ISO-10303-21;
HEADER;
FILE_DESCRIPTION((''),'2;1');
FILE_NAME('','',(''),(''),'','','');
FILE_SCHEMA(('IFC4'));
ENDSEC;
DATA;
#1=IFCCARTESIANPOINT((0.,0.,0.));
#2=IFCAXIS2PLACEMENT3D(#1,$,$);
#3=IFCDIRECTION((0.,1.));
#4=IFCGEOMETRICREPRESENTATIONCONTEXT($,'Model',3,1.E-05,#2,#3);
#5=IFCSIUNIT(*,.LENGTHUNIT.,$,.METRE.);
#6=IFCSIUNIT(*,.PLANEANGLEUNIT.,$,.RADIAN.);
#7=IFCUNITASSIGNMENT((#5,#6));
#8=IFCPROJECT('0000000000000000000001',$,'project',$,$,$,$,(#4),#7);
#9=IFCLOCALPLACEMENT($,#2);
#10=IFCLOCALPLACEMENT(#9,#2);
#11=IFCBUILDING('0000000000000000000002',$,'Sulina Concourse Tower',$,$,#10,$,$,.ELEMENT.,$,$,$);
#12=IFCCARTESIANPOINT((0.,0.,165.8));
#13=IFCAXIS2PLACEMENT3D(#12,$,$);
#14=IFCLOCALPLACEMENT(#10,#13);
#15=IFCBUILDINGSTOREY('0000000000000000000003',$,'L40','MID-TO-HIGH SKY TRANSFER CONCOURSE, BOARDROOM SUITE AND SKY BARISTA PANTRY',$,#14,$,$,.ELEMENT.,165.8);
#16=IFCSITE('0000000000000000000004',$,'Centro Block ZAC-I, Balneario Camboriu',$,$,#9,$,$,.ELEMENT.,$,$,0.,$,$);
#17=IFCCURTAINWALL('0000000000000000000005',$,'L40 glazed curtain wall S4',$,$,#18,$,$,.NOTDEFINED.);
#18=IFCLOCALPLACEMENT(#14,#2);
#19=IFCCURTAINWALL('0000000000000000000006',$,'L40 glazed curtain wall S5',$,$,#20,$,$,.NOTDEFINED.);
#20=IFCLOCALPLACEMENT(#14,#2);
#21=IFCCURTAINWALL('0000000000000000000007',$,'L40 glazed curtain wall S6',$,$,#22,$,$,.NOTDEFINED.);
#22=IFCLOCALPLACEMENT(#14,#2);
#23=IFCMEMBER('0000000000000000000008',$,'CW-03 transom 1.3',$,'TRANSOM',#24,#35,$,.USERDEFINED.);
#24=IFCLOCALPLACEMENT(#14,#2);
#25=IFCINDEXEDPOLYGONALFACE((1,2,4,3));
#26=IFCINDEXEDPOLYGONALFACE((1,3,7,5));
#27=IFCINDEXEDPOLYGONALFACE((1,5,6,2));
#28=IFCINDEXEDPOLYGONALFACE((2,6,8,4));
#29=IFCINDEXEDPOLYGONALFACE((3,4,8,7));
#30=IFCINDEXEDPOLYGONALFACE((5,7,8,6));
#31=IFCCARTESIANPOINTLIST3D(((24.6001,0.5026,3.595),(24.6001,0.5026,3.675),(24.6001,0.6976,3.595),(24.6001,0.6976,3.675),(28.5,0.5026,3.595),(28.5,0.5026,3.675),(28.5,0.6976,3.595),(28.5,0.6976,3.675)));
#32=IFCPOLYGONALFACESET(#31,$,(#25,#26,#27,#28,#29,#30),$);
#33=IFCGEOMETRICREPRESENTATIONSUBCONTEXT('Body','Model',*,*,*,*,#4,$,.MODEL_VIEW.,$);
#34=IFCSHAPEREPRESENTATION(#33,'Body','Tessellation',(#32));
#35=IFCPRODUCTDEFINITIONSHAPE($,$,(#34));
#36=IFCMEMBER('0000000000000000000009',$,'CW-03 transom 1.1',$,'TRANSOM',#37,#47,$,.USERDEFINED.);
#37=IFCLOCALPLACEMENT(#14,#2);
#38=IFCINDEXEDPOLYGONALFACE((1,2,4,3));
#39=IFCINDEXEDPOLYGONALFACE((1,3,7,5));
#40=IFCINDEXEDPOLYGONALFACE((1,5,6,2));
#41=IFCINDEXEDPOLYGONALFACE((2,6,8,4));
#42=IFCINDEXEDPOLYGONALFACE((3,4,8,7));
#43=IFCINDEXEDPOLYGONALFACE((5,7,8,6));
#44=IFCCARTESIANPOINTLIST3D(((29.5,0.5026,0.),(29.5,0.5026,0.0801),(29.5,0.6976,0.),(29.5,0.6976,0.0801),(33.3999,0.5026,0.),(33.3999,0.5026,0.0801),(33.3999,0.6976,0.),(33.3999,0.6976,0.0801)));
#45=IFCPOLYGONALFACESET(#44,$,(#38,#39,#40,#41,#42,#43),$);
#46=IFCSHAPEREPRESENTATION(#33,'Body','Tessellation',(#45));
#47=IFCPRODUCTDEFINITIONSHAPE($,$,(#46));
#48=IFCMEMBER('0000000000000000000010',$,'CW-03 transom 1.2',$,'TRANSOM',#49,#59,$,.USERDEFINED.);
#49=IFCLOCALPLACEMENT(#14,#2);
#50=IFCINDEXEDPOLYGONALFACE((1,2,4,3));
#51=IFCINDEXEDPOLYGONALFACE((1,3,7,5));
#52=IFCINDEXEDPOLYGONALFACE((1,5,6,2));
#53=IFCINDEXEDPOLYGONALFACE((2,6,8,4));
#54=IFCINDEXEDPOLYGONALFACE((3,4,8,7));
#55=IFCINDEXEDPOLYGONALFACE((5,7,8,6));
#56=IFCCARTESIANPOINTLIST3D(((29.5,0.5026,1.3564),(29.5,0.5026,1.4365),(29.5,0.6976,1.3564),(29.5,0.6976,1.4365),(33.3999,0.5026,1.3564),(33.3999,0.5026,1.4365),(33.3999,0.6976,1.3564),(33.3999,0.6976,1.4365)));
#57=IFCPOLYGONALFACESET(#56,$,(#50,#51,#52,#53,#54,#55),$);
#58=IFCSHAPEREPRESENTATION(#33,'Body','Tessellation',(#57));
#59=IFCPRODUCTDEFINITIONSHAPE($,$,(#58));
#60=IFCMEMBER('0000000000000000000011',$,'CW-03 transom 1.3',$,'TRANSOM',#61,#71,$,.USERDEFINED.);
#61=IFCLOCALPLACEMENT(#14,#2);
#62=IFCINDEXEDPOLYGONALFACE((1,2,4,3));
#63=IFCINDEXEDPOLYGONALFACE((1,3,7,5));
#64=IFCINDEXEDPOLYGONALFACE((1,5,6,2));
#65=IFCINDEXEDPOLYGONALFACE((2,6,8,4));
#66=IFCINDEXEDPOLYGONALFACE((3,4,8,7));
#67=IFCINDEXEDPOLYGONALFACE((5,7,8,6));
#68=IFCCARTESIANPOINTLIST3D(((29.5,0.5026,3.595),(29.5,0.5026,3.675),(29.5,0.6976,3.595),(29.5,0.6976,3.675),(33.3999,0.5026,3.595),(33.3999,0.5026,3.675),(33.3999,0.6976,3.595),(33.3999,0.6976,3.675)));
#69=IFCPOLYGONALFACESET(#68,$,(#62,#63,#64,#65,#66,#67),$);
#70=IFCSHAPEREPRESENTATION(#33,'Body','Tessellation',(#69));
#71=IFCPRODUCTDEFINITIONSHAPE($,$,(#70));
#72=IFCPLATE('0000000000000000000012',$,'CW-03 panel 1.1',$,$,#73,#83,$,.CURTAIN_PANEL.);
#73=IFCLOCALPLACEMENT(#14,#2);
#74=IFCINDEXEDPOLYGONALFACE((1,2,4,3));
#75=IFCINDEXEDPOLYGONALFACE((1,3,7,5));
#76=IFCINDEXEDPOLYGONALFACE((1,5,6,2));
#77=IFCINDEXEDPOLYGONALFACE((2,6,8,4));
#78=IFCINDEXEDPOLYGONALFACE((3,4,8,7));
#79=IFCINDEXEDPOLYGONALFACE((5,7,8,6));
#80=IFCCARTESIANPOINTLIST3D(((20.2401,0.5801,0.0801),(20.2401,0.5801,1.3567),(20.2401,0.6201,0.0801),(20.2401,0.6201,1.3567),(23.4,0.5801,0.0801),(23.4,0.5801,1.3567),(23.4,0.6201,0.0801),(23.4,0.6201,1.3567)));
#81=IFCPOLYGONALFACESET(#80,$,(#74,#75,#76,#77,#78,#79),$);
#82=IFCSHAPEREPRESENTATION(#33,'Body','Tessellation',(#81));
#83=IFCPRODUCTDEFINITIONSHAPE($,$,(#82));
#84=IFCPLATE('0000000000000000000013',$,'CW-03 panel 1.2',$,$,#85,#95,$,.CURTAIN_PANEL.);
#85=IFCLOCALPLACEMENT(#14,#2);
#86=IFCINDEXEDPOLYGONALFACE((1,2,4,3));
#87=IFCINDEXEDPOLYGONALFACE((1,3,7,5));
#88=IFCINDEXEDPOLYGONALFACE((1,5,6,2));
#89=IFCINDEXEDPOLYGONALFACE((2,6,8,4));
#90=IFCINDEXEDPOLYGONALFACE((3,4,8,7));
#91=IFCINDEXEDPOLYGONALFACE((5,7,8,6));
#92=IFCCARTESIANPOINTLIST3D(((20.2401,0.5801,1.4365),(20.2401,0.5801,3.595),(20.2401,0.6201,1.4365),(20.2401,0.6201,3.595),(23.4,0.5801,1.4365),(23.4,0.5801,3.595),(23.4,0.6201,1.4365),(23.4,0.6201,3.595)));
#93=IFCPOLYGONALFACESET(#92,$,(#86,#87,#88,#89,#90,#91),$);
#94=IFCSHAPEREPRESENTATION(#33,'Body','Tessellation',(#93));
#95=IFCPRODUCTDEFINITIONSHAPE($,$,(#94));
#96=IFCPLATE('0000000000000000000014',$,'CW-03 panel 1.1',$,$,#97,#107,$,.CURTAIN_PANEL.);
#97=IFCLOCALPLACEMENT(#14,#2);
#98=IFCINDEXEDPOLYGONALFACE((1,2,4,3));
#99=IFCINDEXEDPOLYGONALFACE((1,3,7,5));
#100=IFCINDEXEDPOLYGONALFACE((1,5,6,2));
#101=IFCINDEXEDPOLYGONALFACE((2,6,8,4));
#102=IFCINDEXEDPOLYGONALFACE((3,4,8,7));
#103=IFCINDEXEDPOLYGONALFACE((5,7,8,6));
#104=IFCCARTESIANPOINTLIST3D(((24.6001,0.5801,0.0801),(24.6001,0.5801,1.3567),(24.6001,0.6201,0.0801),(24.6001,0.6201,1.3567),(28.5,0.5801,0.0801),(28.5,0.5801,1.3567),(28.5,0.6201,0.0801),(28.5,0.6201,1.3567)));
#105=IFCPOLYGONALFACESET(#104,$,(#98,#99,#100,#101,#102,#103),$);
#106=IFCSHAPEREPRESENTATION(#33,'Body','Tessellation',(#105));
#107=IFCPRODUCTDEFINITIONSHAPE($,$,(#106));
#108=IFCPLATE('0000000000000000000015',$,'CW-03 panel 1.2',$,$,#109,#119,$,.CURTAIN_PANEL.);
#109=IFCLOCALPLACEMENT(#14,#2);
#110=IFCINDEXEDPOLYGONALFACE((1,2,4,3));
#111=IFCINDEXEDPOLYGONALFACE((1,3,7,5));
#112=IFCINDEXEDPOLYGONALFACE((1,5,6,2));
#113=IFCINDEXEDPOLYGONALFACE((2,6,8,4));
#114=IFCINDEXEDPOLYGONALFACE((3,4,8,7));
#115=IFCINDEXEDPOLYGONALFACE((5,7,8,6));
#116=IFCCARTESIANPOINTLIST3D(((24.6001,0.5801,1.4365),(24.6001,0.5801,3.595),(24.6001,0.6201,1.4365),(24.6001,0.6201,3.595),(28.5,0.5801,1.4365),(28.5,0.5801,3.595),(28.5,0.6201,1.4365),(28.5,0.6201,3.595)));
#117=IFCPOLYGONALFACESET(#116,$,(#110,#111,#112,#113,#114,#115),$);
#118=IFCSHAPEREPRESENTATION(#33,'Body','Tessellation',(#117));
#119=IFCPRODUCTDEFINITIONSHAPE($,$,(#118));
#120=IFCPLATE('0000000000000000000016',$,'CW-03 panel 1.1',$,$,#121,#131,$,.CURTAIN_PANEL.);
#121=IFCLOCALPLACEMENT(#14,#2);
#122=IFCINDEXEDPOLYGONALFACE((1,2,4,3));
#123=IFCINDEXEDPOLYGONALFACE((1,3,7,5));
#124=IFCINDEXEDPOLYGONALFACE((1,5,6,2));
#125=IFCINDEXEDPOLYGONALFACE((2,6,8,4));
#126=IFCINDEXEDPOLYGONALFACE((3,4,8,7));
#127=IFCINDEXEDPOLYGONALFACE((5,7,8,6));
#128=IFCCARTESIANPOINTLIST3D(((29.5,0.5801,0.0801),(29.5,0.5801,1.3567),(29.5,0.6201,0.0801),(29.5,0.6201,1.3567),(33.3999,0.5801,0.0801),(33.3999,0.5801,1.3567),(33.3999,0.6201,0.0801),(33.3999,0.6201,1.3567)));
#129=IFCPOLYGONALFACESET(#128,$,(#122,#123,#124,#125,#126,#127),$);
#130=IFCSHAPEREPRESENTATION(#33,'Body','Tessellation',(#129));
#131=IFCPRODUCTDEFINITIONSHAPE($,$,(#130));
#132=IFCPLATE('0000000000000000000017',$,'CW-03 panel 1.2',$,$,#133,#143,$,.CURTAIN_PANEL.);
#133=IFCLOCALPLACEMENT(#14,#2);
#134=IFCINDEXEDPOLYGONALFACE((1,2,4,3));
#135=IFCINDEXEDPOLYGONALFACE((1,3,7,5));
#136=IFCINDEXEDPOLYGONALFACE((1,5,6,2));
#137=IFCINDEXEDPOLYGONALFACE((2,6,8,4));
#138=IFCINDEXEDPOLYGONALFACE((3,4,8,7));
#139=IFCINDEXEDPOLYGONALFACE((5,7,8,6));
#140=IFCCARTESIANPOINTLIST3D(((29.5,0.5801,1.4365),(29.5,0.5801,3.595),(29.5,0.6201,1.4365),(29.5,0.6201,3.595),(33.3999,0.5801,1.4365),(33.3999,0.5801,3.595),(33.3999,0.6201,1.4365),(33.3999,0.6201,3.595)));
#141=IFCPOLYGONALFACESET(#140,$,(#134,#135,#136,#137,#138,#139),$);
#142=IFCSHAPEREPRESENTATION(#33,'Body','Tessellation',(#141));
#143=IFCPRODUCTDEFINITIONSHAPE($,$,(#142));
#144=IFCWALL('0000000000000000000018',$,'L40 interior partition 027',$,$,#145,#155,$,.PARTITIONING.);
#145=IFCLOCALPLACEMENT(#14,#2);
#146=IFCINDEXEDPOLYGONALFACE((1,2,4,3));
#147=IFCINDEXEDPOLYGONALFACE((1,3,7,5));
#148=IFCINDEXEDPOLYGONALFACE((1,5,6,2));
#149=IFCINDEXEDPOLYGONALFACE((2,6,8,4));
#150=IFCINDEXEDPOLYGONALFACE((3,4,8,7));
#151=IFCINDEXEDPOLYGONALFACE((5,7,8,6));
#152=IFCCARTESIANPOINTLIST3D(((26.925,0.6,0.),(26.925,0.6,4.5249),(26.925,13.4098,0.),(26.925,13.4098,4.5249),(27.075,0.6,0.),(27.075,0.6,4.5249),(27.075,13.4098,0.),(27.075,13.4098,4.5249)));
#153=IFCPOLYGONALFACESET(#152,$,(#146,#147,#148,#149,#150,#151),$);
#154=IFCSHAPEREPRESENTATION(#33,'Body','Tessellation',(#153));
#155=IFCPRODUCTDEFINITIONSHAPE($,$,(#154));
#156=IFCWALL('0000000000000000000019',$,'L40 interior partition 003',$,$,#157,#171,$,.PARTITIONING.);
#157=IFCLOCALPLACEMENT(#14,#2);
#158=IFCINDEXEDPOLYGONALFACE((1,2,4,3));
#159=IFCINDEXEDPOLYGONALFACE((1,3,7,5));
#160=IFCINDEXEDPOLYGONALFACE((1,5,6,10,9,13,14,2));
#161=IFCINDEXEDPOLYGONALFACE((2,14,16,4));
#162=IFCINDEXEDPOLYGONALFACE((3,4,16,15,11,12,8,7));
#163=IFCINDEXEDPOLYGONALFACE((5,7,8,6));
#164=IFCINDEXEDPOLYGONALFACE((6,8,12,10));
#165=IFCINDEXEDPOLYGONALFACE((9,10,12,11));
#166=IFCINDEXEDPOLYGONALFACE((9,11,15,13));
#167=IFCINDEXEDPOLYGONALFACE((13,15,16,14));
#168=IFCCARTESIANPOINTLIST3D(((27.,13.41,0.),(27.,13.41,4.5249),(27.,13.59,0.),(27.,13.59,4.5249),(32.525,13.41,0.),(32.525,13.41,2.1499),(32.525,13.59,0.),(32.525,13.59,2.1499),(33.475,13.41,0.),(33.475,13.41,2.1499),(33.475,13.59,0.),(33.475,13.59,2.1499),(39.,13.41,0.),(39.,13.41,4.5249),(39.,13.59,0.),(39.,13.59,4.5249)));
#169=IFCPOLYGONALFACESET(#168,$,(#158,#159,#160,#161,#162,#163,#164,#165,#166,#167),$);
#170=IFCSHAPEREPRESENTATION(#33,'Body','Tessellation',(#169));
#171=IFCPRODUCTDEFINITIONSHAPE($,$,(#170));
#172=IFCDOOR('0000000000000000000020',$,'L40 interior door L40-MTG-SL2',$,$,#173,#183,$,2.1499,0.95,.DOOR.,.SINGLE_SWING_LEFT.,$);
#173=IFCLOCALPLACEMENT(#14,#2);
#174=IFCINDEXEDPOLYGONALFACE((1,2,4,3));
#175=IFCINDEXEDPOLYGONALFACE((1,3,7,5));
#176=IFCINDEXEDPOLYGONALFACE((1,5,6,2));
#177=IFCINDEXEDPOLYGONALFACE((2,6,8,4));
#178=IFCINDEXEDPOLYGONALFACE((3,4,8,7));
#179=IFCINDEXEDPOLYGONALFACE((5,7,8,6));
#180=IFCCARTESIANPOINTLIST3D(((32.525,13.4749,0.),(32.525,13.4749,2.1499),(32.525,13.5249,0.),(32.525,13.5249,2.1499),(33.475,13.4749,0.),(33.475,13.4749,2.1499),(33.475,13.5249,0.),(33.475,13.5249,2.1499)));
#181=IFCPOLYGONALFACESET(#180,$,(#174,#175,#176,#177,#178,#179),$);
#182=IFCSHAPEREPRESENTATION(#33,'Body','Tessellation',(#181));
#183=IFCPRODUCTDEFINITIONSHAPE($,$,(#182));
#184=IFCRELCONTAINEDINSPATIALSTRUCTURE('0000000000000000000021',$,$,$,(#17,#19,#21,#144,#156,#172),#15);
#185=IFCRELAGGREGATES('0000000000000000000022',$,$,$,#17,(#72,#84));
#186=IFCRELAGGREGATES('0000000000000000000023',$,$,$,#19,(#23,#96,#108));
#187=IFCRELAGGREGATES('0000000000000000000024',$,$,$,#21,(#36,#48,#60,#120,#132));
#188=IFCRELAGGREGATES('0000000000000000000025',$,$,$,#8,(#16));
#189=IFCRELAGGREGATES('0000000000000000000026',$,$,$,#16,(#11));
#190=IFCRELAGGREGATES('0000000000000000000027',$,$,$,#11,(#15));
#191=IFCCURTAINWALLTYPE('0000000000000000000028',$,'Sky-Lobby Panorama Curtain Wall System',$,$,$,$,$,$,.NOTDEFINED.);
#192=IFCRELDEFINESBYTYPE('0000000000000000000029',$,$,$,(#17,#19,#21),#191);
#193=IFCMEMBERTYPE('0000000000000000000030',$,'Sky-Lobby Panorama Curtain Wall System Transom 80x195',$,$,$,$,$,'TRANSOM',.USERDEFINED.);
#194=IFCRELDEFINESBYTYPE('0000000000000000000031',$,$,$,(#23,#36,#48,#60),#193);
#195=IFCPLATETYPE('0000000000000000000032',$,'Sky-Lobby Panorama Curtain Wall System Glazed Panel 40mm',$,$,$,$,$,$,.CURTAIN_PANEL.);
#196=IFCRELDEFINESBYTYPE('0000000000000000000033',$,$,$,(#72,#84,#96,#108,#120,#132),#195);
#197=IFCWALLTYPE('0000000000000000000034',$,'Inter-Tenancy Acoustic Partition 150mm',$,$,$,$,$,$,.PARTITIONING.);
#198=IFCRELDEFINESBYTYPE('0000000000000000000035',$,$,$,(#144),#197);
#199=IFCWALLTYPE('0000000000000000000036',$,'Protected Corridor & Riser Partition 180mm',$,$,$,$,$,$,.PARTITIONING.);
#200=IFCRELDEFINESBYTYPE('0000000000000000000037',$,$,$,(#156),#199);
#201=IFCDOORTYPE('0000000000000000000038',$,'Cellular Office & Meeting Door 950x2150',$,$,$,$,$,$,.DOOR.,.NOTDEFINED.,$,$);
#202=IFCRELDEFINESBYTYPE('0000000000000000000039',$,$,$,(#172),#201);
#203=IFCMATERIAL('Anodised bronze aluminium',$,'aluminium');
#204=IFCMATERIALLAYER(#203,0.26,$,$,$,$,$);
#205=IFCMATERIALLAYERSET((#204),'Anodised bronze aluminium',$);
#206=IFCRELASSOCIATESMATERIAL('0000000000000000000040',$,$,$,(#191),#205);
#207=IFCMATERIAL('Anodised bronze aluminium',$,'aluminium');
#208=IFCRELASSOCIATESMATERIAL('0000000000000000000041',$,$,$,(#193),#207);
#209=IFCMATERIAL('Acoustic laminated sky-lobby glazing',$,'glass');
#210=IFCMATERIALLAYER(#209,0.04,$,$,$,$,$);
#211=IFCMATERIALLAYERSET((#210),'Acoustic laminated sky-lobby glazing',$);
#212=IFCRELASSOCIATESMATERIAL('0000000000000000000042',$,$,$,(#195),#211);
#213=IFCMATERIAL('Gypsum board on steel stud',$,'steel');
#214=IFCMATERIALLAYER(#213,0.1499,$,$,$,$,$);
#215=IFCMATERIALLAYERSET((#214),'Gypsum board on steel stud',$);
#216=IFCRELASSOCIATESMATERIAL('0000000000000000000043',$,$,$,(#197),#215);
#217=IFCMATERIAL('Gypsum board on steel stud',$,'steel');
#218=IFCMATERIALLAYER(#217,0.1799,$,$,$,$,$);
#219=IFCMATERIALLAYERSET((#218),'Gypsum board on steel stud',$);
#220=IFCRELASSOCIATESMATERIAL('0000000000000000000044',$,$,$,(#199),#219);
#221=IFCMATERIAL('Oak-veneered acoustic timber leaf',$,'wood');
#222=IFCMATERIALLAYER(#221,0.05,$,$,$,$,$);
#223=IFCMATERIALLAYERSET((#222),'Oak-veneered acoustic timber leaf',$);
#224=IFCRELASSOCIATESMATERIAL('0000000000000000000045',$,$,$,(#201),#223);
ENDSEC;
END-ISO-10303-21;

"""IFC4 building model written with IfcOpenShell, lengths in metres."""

from ifc_helpers import new_model, si_unit, direction, frame, frame_2d, origin, origin_2d, place, context, subcontext, project, spatial, rectangle, extrude, material, layer, layer_set, material_profile, profile_set, type_object, element, fill, aggregate, save


model = new_model("IFC4")

# Units and contexts
model_context = context("Model", 3, precision=1e-05, world=origin(), true_north=direction((0.0, 1.0)))
body_context = subcontext(model_context, "Body", "Model", "MODEL_VIEW")
ifc_project = project(units=[si_unit("LENGTHUNIT", "METRE"), si_unit("PLANEANGLEUNIT", "RADIAN")], contexts=[model_context])

# Site, building, storey
site_placement = place(None, origin())
site = spatial("IfcSite", under=ifc_project, at=site_placement, Name="Centro Block ZAC-I, Balneario Camboriu", CompositionType="ELEMENT", RefElevation=0.0)
building_placement = place(site_placement, origin())
building = spatial("IfcBuilding", under=site, at=building_placement, Name="Sulina Concourse Tower", CompositionType="ELEMENT")
storey_placement = place(building_placement, frame((0.0, 0.0, 165.8)))
storey = spatial("IfcBuildingStorey", under=building, at=storey_placement, Name="L40", Description="MID-TO-HIGH SKY TRANSFER CONCOURSE, BOARDROOM SUITE AND SKY BARISTA PANTRY", CompositionType="ELEMENT", Elevation=165.8)

# Curtain wall
ifc_material_1 = material(Name="Anodised bronze aluminium", Category="aluminium")
ifc_layer_1 = layer(ifc_material_1, 0.26)
ifc_layer_set_1 = layer_set([ifc_layer_1], Name="Anodised bronze aluminium")
curtain_wall_type = type_object("IfcCurtainWallType", Name="Sky-Lobby Panorama Curtain Wall System", PredefinedType="NOTDEFINED", material=ifc_layer_set_1)
curtain_wall_1_placement = place(storey_placement, origin())
curtain_wall_1 = element("IfcCurtainWall", 1, at=curtain_wall_1_placement, inside=storey, type_object=curtain_wall_type, Name="L40 glazed curtain wall S4", PredefinedType="NOTDEFINED")

# Curtain walls
curtain_wall_2_placement = place(storey_placement, origin())
curtain_wall_2 = element("IfcCurtainWall", 2, at=curtain_wall_2_placement, inside=storey, type_object=curtain_wall_type, Name="L40 glazed curtain wall S5", PredefinedType="NOTDEFINED")
curtain_wall_3_placement = place(storey_placement, origin())
curtain_wall_3 = element("IfcCurtainWall", 3, at=curtain_wall_3_placement, inside=storey, type_object=curtain_wall_type, Name="L40 glazed curtain wall S6", PredefinedType="NOTDEFINED")

# Members
ifc_material_2 = material(Name="Anodised bronze aluminium", Category="aluminium")
ifc_material_profile_1 = material_profile(ifc_material_2, rectangle(XDim=0.1951, YDim=0.0801, at=origin_2d()), Name="TRN 80x195")
ifc_profile_set_1 = profile_set([ifc_material_profile_1], Name="Anodised bronze aluminium")
member_type_1 = type_object("IfcMemberType", Name="Sky-Lobby Panorama Curtain Wall System Transom 80x195", ElementType="TRANSOM", PredefinedType="USERDEFINED", material=ifc_profile_set_1)
member_1_placement = place(storey_placement, frame((28.5, 0.6001, 3.635), z_axis=(-1.0, 0.0, 0.0), x_axis=(0.0, -1.0, 0.0)))
member_1 = element("IfcMember", 4, at=member_1_placement, type_object=member_type_1, Name="CW-03 transom 1.3", ObjectType="TRANSOM", PredefinedType="USERDEFINED", context=body_context, shape_type="SweptSolid", body=[
    extrude(rectangle(XDim=0.1951, YDim=0.0801, at=origin_2d()), origin(), (0.0, 0.0, 1.0), 3.8999),
])
member_2_placement = place(storey_placement, frame((33.3999, 0.6001, 0.04), z_axis=(-1.0, 0.0, 0.0), x_axis=(0.0, -1.0, 0.0)))
member_2 = element("IfcMember", 5, at=member_2_placement, type_object=member_type_1, Name="CW-03 transom 1.1", ObjectType="TRANSOM", PredefinedType="USERDEFINED", context=body_context, shape_type="SweptSolid", body=[
    extrude(rectangle(XDim=0.1951, YDim=0.0801, at=origin_2d()), origin(), (0.0, 0.0, 1.0), 3.8999),
])
member_3_placement = place(storey_placement, frame((33.3999, 0.6001, 1.3965), z_axis=(-1.0, 0.0, 0.0), x_axis=(0.0, -1.0, 0.0)))
member_3 = element("IfcMember", 6, at=member_3_placement, type_object=member_type_1, Name="CW-03 transom 1.2", ObjectType="TRANSOM", PredefinedType="USERDEFINED", context=body_context, shape_type="SweptSolid", body=[
    extrude(rectangle(XDim=0.1951, YDim=0.0801, at=origin_2d()), origin(), (0.0, 0.0, 1.0), 3.8999),
])
member_4_placement = place(storey_placement, frame((33.3999, 0.6001, 3.635), z_axis=(-1.0, 0.0, 0.0), x_axis=(0.0, -1.0, 0.0)))
member_4 = element("IfcMember", 7, at=member_4_placement, type_object=member_type_1, Name="CW-03 transom 1.3", ObjectType="TRANSOM", PredefinedType="USERDEFINED", context=body_context, shape_type="SweptSolid", body=[
    extrude(rectangle(XDim=0.1951, YDim=0.0801, at=origin_2d()), origin(), (0.0, 0.0, 1.0), 3.8999),
])

# Plates
ifc_material_3 = material(Name="Acoustic laminated sky-lobby glazing", Category="glass")
ifc_layer_2 = layer(ifc_material_3, 0.04)
ifc_layer_set_2 = layer_set([ifc_layer_2], Name="Acoustic laminated sky-lobby glazing")
plate_type = type_object("IfcPlateType", Name="Sky-Lobby Panorama Curtain Wall System Glazed Panel 40mm", PredefinedType="CURTAIN_PANEL", material=ifc_layer_set_2)
plate_1_placement = place(storey_placement, frame((21.8201, 0.6001, 0.0801), z_axis=(0.0, 0.0, 1.0), x_axis=(-1.0, 0.0, 0.0)))
plate_1 = element("IfcPlate", 8, at=plate_1_placement, type_object=plate_type, Name="CW-03 panel 1.1", PredefinedType="CURTAIN_PANEL", context=body_context, shape_type="SweptSolid", body=[
    extrude(rectangle(XDim=3.1599, YDim=0.04, at=origin_2d()), origin(), (0.0, 0.0, 1.0), 1.2766),
])
plate_2_placement = place(storey_placement, frame((21.8201, 0.6001, 1.4365), z_axis=(0.0, 0.0, 1.0), x_axis=(-1.0, 0.0, 0.0)))
plate_2 = element("IfcPlate", 9, at=plate_2_placement, type_object=plate_type, Name="CW-03 panel 1.2", PredefinedType="CURTAIN_PANEL", context=body_context, shape_type="SweptSolid", body=[
    extrude(rectangle(XDim=3.1599, YDim=0.04, at=origin_2d()), origin(), (0.0, 0.0, 1.0), 2.1584),
])
aggregate(curtain_wall_1, [plate_1, plate_2])
plate_3_placement = place(storey_placement, frame((26.55, 0.6001, 0.0801), z_axis=(0.0, 0.0, 1.0), x_axis=(-1.0, 0.0, 0.0)))
plate_3 = element("IfcPlate", 10, at=plate_3_placement, type_object=plate_type, Name="CW-03 panel 1.1", PredefinedType="CURTAIN_PANEL", context=body_context, shape_type="SweptSolid", body=[
    extrude(rectangle(XDim=3.8999, YDim=0.04, at=origin_2d()), origin(), (0.0, 0.0, 1.0), 1.2766),
])
plate_4_placement = place(storey_placement, frame((26.55, 0.6001, 1.4365), z_axis=(0.0, 0.0, 1.0), x_axis=(-1.0, 0.0, 0.0)))
plate_4 = element("IfcPlate", 11, at=plate_4_placement, type_object=plate_type, Name="CW-03 panel 1.2", PredefinedType="CURTAIN_PANEL", context=body_context, shape_type="SweptSolid", body=[
    extrude(rectangle(XDim=3.8999, YDim=0.04, at=origin_2d()), origin(), (0.0, 0.0, 1.0), 2.1584),
])
aggregate(curtain_wall_2, [member_1, plate_3, plate_4])
plate_5_placement = place(storey_placement, frame((31.45, 0.6001, 0.0801), z_axis=(0.0, 0.0, 1.0), x_axis=(-1.0, 0.0, 0.0)))
plate_5 = element("IfcPlate", 12, at=plate_5_placement, type_object=plate_type, Name="CW-03 panel 1.1", PredefinedType="CURTAIN_PANEL", context=body_context, shape_type="SweptSolid", body=[
    extrude(rectangle(XDim=3.8999, YDim=0.04, at=origin_2d()), origin(), (0.0, 0.0, 1.0), 1.2766),
])
plate_6_placement = place(storey_placement, frame((31.45, 0.6001, 1.4365), z_axis=(0.0, 0.0, 1.0), x_axis=(-1.0, 0.0, 0.0)))
plate_6 = element("IfcPlate", 13, at=plate_6_placement, type_object=plate_type, Name="CW-03 panel 1.2", PredefinedType="CURTAIN_PANEL", context=body_context, shape_type="SweptSolid", body=[
    extrude(rectangle(XDim=3.8999, YDim=0.04, at=origin_2d()), origin(), (0.0, 0.0, 1.0), 2.1584),
])
aggregate(curtain_wall_3, [member_2, member_3, member_4, plate_5, plate_6])

# Wall
ifc_material_4 = material(Name="Gypsum board on steel stud", Category="steel")
ifc_layer_3 = layer(ifc_material_4, 0.1499)
ifc_layer_set_3 = layer_set([ifc_layer_3], Name="Gypsum board on steel stud")
wall_type_1 = type_object("IfcWallType", Name="Inter-Tenancy Acoustic Partition 150mm", PredefinedType="PARTITIONING", material=ifc_layer_set_3)
wall_1_placement = place(storey_placement, frame((27.0, 0.6001, 0.0), z_axis=(0.0, 0.0, 1.0), x_axis=(0.0, 1.0, 0.0)))
element("IfcWall", 14, at=wall_1_placement, inside=storey, type_object=wall_type_1, Name="L40 interior partition 027", PredefinedType="PARTITIONING", context=body_context, shape_type="SweptSolid", body=[
    extrude(rectangle(XDim=12.8098, YDim=0.1499, at=frame_2d((6.4048, 0.0))), origin(), (0.0, 0.0, 1.0), 4.5249),
])

# Wall, opening, door
ifc_material_5 = material(Name="Gypsum board on steel stud", Category="steel")
ifc_layer_4 = layer(ifc_material_5, 0.1799)
ifc_layer_set_4 = layer_set([ifc_layer_4], Name="Gypsum board on steel stud")
wall_type_2 = type_object("IfcWallType", Name="Protected Corridor & Riser Partition 180mm", PredefinedType="PARTITIONING", material=ifc_layer_set_4)
wall_2_placement = place(storey_placement, frame((27.0, 13.5, 0.0), z_axis=(0.0, 0.0, 1.0), x_axis=(1.0, 0.0, 0.0)))
wall_2 = element("IfcWall", 15, at=wall_2_placement, inside=storey, type_object=wall_type_2, Name="L40 interior partition 003", PredefinedType="PARTITIONING", context=body_context, shape_type="SweptSolid", body=[
    extrude(rectangle(XDim=12.0, YDim=0.1799, at=frame_2d((6.0, 0.0))), origin(), (0.0, 0.0, 1.0), 4.5249),
])
opening_placement = place(wall_2_placement, frame((5.5249, 0.0, 0.0)))
opening = element("IfcOpeningElement", 16, at=opening_placement, cuts=wall_2, PredefinedType="OPENING", context=body_context, shape_type="SweptSolid", body=[
    extrude(rectangle(XDim=0.95, YDim=2.1499, at=frame_2d((0.4751, 1.075))), frame((0.0, 0.0999, 0.0), z_axis=(0.0, -1.0, 0.0), x_axis=(1.0, 0.0, 0.0)), (0.0, 0.0, 1.0), 0.2),
])
ifc_material_6 = material(Name="Oak-veneered acoustic timber leaf", Category="wood")
ifc_layer_5 = layer(ifc_material_6, 0.05)
ifc_layer_set_5 = layer_set([ifc_layer_5], Name="Oak-veneered acoustic timber leaf")
door_type = type_object("IfcDoorType", Name="Cellular Office & Meeting Door 950x2150", OperationType="NOTDEFINED", PredefinedType="DOOR", material=ifc_layer_set_5)
door_placement = place(opening_placement, origin())
door = element("IfcDoor", 17, at=door_placement, inside=storey, type_object=door_type, Name="L40 interior door L40-MTG-SL2", OperationType="SINGLE_SWING_LEFT", OverallHeight=2.1499, OverallWidth=0.95, PredefinedType="DOOR", context=body_context, shape_type="SweptSolid", body=[
    extrude(rectangle(XDim=0.95, YDim=2.1499, at=frame_2d((0.4751, 1.075))), frame((0.0, 0.0249, 0.0), z_axis=(0.0, -1.0, 0.0), x_axis=(1.0, 0.0, 0.0)), (0.0, 0.0, 1.0), 0.05),
])
fill(opening, door)

save(model, "model.ifc")
